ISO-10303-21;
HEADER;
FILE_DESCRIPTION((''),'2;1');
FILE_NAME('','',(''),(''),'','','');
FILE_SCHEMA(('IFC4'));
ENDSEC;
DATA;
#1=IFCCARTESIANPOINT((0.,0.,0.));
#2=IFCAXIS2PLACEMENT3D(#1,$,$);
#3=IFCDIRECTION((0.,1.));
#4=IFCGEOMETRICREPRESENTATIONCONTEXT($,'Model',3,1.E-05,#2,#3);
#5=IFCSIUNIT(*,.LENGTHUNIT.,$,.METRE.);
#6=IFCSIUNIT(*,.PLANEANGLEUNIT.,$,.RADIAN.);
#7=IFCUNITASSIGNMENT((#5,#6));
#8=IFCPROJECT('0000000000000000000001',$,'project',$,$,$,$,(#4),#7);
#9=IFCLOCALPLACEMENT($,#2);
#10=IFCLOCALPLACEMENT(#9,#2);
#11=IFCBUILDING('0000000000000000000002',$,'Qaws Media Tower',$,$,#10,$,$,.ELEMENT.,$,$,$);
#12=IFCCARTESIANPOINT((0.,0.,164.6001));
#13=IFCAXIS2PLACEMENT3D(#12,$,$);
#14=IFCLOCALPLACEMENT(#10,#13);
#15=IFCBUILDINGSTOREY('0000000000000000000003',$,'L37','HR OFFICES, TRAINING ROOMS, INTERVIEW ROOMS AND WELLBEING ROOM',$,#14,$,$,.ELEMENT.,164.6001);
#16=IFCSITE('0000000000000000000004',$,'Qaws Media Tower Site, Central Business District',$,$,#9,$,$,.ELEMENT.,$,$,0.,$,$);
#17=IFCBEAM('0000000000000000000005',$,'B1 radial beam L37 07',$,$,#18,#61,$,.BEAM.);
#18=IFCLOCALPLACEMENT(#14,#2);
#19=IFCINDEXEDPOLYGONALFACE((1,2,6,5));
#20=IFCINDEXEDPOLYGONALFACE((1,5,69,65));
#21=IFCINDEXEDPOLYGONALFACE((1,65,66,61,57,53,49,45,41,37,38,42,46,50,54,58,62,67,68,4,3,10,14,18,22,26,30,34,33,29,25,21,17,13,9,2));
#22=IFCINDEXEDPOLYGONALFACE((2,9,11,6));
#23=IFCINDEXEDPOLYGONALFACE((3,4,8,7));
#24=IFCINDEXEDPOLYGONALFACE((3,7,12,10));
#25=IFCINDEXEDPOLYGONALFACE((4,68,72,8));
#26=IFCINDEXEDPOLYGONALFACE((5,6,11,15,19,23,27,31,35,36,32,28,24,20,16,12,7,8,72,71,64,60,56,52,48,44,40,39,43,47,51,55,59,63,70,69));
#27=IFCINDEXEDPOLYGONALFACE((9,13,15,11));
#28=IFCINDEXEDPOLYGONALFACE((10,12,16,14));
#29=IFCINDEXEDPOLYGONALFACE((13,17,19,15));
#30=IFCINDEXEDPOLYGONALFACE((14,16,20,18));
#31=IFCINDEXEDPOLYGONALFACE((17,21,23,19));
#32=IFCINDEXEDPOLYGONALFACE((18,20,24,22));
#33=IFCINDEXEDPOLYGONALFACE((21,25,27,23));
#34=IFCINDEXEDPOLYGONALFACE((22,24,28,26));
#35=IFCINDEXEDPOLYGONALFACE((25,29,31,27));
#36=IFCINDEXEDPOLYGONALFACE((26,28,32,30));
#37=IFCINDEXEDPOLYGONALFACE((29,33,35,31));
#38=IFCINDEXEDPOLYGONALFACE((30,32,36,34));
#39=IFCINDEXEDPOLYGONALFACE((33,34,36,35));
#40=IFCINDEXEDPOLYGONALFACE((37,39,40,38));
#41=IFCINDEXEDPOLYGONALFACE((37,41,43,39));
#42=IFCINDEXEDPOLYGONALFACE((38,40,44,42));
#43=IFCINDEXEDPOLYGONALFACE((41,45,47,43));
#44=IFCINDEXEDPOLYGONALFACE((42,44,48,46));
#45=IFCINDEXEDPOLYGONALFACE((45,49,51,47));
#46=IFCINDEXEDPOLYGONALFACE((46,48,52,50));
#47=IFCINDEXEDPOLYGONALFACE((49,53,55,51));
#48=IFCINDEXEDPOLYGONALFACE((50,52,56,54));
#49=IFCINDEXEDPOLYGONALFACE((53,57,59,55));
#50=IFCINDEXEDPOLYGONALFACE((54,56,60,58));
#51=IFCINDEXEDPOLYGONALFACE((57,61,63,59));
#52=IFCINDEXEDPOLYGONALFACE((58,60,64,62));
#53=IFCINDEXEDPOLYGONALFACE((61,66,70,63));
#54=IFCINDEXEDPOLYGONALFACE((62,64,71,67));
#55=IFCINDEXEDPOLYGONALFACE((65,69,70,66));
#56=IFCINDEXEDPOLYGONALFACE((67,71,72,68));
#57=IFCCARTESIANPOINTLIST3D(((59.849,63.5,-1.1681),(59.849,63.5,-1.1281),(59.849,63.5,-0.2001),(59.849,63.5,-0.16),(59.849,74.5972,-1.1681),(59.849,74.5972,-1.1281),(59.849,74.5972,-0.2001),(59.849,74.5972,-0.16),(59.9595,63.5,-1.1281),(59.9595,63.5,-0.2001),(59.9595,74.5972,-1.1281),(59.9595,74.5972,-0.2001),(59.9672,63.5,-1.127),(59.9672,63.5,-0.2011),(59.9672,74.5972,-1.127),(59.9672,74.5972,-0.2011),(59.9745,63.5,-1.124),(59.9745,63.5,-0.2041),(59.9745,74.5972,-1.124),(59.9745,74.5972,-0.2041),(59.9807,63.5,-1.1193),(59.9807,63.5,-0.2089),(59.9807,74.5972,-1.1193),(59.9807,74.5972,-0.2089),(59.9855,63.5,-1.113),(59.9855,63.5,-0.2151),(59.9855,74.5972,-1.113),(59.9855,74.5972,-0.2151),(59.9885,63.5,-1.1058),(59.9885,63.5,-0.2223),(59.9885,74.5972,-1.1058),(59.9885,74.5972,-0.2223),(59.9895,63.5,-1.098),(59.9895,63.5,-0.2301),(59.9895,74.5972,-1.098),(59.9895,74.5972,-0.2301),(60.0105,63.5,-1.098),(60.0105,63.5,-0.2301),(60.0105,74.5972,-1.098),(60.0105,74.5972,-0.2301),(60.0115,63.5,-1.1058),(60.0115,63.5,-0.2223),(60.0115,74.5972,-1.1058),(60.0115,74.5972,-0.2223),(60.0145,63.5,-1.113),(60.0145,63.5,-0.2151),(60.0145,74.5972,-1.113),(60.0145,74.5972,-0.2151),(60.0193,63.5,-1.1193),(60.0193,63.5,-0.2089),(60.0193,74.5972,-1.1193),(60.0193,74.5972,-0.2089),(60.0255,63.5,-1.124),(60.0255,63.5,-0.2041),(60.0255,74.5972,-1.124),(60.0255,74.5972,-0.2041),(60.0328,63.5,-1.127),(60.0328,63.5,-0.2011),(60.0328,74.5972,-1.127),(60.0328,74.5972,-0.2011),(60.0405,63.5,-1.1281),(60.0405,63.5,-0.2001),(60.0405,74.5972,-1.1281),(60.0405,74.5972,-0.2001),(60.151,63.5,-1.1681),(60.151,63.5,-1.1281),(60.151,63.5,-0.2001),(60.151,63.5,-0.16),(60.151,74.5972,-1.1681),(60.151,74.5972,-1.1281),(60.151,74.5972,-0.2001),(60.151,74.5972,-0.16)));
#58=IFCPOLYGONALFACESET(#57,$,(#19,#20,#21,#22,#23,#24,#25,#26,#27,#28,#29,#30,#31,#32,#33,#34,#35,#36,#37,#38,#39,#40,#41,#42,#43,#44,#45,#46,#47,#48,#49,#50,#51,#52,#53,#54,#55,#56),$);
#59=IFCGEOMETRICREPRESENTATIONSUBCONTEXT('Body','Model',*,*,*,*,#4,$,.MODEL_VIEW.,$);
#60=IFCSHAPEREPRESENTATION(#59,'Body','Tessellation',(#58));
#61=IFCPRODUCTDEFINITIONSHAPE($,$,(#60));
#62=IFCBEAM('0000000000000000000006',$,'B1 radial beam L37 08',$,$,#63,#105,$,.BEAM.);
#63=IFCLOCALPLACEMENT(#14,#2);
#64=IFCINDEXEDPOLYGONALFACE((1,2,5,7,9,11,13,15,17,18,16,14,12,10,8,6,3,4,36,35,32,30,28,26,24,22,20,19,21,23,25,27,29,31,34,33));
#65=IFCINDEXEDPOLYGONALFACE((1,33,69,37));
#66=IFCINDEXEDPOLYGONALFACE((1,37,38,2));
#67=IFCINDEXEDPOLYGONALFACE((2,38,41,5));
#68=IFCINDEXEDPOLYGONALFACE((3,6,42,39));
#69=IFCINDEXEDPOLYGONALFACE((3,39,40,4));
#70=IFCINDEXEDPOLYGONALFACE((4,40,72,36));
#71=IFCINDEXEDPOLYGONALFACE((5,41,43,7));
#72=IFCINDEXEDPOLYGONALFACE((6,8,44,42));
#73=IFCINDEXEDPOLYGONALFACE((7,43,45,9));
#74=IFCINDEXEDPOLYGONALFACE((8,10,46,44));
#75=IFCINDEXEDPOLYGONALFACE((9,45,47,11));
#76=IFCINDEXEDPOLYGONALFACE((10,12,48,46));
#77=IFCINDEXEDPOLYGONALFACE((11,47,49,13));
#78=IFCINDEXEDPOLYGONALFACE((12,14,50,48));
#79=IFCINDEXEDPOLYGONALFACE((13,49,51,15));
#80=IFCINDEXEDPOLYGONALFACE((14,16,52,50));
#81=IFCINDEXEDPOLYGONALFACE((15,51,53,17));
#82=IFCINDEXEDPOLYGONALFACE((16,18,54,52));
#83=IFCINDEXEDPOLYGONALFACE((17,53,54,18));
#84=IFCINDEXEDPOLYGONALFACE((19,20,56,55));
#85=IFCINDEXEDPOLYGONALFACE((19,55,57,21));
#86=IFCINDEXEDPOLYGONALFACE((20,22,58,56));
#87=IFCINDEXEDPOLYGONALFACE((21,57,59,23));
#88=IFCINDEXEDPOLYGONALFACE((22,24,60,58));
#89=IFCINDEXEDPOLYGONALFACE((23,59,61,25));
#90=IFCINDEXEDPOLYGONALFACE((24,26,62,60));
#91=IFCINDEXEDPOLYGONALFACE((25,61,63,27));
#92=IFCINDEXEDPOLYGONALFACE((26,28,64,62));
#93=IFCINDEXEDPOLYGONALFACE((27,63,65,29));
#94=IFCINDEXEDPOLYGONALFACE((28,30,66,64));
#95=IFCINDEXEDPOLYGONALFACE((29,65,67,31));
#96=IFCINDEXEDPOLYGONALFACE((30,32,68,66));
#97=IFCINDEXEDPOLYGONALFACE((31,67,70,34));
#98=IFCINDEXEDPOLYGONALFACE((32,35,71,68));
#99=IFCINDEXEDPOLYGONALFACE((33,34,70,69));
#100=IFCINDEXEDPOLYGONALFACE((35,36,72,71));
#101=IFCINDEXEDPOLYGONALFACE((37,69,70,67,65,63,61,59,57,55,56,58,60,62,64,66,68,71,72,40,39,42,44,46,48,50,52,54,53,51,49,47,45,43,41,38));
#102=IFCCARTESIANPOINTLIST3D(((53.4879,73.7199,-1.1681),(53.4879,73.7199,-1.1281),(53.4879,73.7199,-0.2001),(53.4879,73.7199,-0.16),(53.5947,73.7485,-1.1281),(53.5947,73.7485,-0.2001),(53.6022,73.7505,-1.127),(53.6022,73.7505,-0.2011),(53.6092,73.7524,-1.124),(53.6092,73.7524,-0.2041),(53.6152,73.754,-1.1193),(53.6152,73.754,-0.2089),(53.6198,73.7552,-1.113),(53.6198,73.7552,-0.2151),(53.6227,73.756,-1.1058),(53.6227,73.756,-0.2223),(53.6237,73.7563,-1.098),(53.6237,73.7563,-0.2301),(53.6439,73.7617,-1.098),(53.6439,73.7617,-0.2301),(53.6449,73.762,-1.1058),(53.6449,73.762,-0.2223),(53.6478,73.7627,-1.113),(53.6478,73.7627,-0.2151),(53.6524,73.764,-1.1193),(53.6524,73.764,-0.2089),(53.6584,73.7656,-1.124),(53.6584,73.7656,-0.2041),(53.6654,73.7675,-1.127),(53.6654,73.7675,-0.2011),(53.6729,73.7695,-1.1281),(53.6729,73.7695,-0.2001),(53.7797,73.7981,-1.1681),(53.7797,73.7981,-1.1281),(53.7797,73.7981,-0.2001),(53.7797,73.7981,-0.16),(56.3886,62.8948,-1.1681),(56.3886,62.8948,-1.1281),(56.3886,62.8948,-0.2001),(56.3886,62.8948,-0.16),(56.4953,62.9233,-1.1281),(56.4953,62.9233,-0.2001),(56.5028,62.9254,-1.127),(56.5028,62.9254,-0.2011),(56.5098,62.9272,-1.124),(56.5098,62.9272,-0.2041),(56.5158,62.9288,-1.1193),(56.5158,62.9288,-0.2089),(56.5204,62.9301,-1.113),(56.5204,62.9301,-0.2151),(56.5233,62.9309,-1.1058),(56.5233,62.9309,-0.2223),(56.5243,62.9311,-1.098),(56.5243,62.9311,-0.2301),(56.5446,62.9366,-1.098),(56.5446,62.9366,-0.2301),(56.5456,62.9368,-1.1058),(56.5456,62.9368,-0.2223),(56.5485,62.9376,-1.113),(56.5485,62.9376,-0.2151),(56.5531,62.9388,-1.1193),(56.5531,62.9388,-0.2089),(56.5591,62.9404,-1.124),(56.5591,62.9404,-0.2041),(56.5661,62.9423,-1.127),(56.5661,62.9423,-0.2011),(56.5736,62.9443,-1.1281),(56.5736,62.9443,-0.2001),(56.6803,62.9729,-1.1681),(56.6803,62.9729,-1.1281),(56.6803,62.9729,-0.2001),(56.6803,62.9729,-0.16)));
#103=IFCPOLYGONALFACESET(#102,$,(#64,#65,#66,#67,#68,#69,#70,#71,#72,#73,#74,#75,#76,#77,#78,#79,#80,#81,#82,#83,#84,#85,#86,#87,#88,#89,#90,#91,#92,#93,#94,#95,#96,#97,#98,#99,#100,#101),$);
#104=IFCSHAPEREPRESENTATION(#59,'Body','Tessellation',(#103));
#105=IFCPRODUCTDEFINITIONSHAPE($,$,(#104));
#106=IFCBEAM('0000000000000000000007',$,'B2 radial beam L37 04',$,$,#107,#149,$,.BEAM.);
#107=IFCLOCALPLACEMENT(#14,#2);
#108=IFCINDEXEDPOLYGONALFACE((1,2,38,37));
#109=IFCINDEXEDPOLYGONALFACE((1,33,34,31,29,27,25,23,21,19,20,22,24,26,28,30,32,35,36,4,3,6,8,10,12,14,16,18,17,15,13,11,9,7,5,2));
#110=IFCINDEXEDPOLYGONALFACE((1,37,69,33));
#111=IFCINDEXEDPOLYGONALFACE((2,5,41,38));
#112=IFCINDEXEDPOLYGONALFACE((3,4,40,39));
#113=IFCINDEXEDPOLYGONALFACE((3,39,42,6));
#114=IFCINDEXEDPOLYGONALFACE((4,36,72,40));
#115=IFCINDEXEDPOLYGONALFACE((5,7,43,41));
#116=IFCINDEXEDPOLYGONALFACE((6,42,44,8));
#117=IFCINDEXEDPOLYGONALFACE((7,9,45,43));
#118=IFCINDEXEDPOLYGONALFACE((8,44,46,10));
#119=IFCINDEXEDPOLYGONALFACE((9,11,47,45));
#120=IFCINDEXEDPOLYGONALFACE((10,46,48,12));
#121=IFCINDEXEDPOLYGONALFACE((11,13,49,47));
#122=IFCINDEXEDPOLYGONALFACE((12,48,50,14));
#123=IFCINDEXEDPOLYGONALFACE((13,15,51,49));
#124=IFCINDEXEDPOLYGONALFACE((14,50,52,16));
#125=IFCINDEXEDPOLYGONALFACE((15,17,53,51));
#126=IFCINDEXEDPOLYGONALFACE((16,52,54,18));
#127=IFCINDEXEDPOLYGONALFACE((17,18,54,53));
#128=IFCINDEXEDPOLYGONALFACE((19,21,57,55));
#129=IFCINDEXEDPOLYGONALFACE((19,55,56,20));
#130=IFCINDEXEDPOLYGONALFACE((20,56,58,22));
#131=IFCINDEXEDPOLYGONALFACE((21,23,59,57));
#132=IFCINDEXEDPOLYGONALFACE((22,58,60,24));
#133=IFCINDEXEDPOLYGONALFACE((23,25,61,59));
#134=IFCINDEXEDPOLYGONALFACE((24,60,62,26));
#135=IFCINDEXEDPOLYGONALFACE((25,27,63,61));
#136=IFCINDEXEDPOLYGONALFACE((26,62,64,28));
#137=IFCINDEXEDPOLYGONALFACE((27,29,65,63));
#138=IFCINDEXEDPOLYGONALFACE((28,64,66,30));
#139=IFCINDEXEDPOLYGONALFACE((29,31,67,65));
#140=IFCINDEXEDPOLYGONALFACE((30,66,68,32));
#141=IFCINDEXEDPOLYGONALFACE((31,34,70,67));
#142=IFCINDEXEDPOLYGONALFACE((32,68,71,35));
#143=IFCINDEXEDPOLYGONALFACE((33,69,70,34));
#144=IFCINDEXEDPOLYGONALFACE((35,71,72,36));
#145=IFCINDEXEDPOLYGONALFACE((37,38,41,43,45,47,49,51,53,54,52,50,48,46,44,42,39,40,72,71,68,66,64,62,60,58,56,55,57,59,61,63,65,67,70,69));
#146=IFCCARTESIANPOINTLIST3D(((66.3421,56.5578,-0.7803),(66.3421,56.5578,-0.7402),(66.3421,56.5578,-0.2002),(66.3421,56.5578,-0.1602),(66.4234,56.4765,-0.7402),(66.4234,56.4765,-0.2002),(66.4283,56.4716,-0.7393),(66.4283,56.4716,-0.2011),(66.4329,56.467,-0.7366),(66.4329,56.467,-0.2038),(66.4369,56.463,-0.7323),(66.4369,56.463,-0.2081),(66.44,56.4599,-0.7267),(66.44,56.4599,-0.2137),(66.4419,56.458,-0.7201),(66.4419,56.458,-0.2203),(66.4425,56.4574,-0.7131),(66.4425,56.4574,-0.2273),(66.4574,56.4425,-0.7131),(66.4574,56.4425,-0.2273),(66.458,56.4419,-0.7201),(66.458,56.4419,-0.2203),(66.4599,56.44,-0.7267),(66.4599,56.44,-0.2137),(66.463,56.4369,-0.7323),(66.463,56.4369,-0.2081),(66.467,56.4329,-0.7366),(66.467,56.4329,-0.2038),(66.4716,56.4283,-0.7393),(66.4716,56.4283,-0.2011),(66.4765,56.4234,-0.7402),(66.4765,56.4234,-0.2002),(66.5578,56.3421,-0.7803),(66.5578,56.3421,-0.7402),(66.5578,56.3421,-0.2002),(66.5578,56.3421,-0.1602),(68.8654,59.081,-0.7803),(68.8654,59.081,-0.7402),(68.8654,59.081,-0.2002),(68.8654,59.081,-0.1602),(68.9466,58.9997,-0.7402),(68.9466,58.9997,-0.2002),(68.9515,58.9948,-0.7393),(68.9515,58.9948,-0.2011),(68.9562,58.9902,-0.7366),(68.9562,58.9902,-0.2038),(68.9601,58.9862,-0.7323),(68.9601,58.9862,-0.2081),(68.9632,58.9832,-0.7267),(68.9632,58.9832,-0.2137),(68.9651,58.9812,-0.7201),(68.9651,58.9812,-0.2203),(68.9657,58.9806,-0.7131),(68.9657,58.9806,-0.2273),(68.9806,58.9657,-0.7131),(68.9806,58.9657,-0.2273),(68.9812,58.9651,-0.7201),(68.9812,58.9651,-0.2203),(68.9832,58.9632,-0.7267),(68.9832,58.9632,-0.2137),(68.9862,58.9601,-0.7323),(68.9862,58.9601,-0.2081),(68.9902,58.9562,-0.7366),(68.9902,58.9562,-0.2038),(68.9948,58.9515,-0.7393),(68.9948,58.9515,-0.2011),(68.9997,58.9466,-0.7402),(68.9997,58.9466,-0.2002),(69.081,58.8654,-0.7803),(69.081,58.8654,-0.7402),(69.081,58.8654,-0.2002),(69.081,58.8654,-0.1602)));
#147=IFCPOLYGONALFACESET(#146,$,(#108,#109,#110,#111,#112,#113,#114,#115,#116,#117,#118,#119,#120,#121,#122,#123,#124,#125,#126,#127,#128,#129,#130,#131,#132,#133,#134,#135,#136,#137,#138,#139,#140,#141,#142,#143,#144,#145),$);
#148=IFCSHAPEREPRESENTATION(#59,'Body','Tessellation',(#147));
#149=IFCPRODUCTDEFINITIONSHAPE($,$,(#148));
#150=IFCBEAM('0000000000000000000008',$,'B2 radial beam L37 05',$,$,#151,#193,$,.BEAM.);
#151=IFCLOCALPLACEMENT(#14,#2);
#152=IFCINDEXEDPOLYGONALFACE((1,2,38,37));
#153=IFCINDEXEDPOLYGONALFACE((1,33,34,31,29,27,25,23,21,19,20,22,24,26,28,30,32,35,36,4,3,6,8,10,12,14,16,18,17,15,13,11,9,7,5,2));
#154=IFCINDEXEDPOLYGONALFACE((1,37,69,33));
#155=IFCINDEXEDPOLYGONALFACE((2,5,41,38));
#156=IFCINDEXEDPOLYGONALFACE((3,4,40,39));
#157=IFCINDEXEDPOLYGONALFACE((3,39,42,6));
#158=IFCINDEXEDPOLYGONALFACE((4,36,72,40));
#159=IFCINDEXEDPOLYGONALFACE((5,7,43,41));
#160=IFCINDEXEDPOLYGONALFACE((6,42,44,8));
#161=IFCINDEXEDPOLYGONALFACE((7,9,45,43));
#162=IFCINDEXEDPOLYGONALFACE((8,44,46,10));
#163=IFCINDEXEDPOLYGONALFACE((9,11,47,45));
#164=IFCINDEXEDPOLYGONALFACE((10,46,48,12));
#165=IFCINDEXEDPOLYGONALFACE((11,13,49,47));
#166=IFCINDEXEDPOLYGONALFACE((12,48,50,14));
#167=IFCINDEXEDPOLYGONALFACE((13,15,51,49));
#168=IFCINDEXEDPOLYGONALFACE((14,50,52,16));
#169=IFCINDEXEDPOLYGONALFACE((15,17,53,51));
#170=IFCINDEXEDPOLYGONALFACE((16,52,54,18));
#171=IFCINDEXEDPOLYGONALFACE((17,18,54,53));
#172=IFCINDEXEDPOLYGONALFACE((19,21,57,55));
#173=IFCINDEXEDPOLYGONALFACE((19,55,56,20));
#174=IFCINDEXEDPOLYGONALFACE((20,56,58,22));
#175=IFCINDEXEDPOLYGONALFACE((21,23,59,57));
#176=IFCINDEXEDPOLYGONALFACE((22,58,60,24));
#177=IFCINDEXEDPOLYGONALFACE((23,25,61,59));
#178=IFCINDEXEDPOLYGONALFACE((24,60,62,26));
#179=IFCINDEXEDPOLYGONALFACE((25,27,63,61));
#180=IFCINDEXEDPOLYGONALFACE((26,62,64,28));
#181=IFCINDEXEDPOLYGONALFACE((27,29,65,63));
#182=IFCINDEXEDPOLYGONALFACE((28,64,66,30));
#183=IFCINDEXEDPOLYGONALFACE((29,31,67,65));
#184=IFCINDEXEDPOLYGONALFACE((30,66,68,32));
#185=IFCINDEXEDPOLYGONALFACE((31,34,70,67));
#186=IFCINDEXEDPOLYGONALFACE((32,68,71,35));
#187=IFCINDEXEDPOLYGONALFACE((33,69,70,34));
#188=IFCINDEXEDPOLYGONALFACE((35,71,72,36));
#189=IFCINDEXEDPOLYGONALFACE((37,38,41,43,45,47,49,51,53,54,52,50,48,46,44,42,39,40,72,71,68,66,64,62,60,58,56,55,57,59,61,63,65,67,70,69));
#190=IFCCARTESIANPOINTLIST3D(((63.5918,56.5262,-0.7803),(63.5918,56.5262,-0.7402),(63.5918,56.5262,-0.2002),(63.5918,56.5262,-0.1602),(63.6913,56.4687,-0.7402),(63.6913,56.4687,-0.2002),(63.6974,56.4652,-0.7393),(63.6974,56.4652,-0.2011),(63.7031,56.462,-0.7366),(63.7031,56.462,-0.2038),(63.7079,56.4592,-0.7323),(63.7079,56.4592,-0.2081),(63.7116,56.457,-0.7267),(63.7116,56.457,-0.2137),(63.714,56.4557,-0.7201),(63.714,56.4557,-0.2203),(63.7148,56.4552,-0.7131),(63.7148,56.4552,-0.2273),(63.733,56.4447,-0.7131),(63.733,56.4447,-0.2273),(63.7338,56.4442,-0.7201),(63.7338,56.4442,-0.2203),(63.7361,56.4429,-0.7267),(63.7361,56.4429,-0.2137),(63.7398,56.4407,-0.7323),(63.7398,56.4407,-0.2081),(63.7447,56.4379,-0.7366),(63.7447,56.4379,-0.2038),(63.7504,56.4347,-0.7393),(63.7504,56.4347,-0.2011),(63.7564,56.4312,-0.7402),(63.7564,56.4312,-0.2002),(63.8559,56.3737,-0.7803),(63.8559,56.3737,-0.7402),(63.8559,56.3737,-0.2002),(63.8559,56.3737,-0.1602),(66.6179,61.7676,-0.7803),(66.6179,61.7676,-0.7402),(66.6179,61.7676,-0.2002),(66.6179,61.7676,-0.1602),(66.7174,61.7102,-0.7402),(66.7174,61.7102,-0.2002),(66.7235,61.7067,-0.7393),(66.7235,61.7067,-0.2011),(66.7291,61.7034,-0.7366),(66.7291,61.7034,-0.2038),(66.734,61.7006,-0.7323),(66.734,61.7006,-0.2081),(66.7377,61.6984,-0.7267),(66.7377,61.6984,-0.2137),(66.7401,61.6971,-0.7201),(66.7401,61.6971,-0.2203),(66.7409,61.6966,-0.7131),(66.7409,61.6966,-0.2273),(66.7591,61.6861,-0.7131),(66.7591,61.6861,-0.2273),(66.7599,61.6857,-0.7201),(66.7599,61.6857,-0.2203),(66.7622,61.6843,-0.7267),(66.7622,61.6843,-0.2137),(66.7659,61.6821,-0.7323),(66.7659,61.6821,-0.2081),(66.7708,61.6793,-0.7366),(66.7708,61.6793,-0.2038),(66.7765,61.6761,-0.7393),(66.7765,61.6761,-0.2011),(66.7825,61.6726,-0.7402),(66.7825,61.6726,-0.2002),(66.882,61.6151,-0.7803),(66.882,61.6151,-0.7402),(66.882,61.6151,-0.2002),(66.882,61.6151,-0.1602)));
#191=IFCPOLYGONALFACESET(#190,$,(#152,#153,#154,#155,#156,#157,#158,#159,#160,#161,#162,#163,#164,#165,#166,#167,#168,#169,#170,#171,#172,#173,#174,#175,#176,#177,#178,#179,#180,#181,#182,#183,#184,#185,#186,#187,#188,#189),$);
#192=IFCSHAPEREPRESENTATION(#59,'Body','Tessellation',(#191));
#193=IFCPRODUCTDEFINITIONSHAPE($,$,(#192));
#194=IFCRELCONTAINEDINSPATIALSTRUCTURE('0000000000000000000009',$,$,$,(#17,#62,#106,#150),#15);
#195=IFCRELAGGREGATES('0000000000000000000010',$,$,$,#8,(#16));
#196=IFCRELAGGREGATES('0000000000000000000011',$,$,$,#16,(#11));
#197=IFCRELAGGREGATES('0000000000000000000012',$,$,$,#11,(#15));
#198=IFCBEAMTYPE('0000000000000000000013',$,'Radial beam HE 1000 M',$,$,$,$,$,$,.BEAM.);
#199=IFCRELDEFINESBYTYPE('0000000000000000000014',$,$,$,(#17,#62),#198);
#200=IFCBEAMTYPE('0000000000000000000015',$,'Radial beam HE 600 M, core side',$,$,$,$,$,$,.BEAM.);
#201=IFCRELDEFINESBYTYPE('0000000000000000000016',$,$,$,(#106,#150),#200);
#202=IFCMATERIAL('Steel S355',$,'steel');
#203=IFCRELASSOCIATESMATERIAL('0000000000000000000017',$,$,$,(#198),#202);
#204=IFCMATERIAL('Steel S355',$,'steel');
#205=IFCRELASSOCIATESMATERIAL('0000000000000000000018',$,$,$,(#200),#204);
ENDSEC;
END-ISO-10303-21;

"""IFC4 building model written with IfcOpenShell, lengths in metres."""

from ifc_helpers import new_model, si_unit, direction, frame, origin, origin_2d, place, context, subcontext, project, spatial, i_section, extrude, material, material_profile, profile_set, type_object, element, save


model = new_model("IFC4")

# Units and contexts
model_context = context("Model", 3, precision=1e-05, world=origin(), true_north=direction((0.0, 1.0)))
body_context = subcontext(model_context, "Body", "Model", "MODEL_VIEW")
ifc_project = project(units=[si_unit("LENGTHUNIT", "METRE"), si_unit("PLANEANGLEUNIT", "RADIAN")], contexts=[model_context])

# Site, building, storey
site_placement = place(None, origin())
site = spatial("IfcSite", under=ifc_project, at=site_placement, Name="Qaws Media Tower Site, Central Business District", CompositionType="ELEMENT", RefElevation=0.0)
building_placement = place(site_placement, origin())
building = spatial("IfcBuilding", under=site, at=building_placement, Name="Qaws Media Tower", CompositionType="ELEMENT")
storey_placement = place(building_placement, frame((0.0, 0.0, 164.6001)))
storey = spatial("IfcBuildingStorey", under=building, at=storey_placement, Name="L37", Description="HR OFFICES, TRAINING ROOMS, INTERVIEW ROOMS AND WELLBEING ROOM", CompositionType="ELEMENT", Elevation=164.6001)

# Beams
ifc_material_1 = material(Name="Steel S355", Category="steel")
ifc_material_profile_1 = material_profile(ifc_material_1, i_section(OverallWidth=0.302, OverallDepth=1.0081, WebThickness=0.021, FlangeThickness=0.04, FilletRadius=0.03, at=origin_2d()), Name="HE 1000 M")
ifc_profile_set_1 = profile_set([ifc_material_profile_1], Name="Steel S355")
beam_type_1 = type_object("IfcBeamType", Name="Radial beam HE 1000 M", PredefinedType="BEAM", material=ifc_profile_set_1)
beam_1_placement = place(storey_placement, frame((60.0, 63.5, -0.6641), z_axis=(0.0, 1.0, 0.0), x_axis=(-1.0, 0.0, 0.0)))
element("IfcBeam", 1, at=beam_1_placement, inside=storey, type_object=beam_type_1, Name="B1 radial beam L37 07", PredefinedType="BEAM", context=body_context, shape_type="SweptSolid", body=[
    extrude(i_section(OverallWidth=0.302, OverallDepth=1.0081, WebThickness=0.021, FlangeThickness=0.04, FilletRadius=0.03, at=origin_2d()), origin(), (0.0, 0.0, 1.0), 11.0972),
])
beam_2_placement = place(storey_placement, frame((56.5344, 62.9338, -0.6641), z_axis=(-0.258822, 0.965925, 0.0), x_axis=(-0.965925, -0.258822, 0.0)))
element("IfcBeam", 2, at=beam_2_placement, inside=storey, type_object=beam_type_1, Name="B1 radial beam L37 08", PredefinedType="BEAM", context=body_context, shape_type="SweptSolid", body=[
    extrude(i_section(OverallWidth=0.302, OverallDepth=1.0081, WebThickness=0.021, FlangeThickness=0.04, FilletRadius=0.03, at=origin_2d()), origin(), (0.0, 0.0, 1.0), 11.207),
])
ifc_material_2 = material(Name="Steel S355", Category="steel")
ifc_material_profile_2 = material_profile(ifc_material_2, i_section(OverallWidth=0.3049, OverallDepth=0.6201, WebThickness=0.021, FlangeThickness=0.04, FilletRadius=0.0271, at=origin_2d()), Name="HE 600 M")
ifc_profile_set_2 = profile_set([ifc_material_profile_2], Name="Steel S355")
beam_type_2 = type_object("IfcBeamType", Name="Radial beam HE 600 M, core side", PredefinedType="BEAM", material=ifc_profile_set_2)
beam_3_placement = place(storey_placement, frame((66.45, 56.45, -0.4702), z_axis=(0.707107, 0.707107, 0.0), x_axis=(-0.707107, 0.707107, 0.0)))
element("IfcBeam", 3, at=beam_3_placement, inside=storey, type_object=beam_type_2, Name="B2 radial beam L37 04", PredefinedType="BEAM", context=body_context, shape_type="SweptSolid", body=[
    extrude(i_section(OverallWidth=0.3049, OverallDepth=0.6201, WebThickness=0.021, FlangeThickness=0.04, FilletRadius=0.0271, at=origin_2d()), origin(), (0.0, 0.0, 1.0), 3.5684),
])
beam_4_placement = place(storey_placement, frame((63.7239, 56.45, -0.4702), z_axis=(0.499996, 0.866028, 0.0), x_axis=(-0.866028, 0.499996, 0.0)))
element("IfcBeam", 4, at=beam_4_placement, inside=storey, type_object=beam_type_2, Name="B2 radial beam L37 05", PredefinedType="BEAM", context=body_context, shape_type="SweptSolid", body=[
    extrude(i_section(OverallWidth=0.3049, OverallDepth=0.6201, WebThickness=0.021, FlangeThickness=0.04, FilletRadius=0.0271, at=origin_2d()), origin(), (0.0, 0.0, 1.0), 6.0522),
])

save(model, "model.ifc")
